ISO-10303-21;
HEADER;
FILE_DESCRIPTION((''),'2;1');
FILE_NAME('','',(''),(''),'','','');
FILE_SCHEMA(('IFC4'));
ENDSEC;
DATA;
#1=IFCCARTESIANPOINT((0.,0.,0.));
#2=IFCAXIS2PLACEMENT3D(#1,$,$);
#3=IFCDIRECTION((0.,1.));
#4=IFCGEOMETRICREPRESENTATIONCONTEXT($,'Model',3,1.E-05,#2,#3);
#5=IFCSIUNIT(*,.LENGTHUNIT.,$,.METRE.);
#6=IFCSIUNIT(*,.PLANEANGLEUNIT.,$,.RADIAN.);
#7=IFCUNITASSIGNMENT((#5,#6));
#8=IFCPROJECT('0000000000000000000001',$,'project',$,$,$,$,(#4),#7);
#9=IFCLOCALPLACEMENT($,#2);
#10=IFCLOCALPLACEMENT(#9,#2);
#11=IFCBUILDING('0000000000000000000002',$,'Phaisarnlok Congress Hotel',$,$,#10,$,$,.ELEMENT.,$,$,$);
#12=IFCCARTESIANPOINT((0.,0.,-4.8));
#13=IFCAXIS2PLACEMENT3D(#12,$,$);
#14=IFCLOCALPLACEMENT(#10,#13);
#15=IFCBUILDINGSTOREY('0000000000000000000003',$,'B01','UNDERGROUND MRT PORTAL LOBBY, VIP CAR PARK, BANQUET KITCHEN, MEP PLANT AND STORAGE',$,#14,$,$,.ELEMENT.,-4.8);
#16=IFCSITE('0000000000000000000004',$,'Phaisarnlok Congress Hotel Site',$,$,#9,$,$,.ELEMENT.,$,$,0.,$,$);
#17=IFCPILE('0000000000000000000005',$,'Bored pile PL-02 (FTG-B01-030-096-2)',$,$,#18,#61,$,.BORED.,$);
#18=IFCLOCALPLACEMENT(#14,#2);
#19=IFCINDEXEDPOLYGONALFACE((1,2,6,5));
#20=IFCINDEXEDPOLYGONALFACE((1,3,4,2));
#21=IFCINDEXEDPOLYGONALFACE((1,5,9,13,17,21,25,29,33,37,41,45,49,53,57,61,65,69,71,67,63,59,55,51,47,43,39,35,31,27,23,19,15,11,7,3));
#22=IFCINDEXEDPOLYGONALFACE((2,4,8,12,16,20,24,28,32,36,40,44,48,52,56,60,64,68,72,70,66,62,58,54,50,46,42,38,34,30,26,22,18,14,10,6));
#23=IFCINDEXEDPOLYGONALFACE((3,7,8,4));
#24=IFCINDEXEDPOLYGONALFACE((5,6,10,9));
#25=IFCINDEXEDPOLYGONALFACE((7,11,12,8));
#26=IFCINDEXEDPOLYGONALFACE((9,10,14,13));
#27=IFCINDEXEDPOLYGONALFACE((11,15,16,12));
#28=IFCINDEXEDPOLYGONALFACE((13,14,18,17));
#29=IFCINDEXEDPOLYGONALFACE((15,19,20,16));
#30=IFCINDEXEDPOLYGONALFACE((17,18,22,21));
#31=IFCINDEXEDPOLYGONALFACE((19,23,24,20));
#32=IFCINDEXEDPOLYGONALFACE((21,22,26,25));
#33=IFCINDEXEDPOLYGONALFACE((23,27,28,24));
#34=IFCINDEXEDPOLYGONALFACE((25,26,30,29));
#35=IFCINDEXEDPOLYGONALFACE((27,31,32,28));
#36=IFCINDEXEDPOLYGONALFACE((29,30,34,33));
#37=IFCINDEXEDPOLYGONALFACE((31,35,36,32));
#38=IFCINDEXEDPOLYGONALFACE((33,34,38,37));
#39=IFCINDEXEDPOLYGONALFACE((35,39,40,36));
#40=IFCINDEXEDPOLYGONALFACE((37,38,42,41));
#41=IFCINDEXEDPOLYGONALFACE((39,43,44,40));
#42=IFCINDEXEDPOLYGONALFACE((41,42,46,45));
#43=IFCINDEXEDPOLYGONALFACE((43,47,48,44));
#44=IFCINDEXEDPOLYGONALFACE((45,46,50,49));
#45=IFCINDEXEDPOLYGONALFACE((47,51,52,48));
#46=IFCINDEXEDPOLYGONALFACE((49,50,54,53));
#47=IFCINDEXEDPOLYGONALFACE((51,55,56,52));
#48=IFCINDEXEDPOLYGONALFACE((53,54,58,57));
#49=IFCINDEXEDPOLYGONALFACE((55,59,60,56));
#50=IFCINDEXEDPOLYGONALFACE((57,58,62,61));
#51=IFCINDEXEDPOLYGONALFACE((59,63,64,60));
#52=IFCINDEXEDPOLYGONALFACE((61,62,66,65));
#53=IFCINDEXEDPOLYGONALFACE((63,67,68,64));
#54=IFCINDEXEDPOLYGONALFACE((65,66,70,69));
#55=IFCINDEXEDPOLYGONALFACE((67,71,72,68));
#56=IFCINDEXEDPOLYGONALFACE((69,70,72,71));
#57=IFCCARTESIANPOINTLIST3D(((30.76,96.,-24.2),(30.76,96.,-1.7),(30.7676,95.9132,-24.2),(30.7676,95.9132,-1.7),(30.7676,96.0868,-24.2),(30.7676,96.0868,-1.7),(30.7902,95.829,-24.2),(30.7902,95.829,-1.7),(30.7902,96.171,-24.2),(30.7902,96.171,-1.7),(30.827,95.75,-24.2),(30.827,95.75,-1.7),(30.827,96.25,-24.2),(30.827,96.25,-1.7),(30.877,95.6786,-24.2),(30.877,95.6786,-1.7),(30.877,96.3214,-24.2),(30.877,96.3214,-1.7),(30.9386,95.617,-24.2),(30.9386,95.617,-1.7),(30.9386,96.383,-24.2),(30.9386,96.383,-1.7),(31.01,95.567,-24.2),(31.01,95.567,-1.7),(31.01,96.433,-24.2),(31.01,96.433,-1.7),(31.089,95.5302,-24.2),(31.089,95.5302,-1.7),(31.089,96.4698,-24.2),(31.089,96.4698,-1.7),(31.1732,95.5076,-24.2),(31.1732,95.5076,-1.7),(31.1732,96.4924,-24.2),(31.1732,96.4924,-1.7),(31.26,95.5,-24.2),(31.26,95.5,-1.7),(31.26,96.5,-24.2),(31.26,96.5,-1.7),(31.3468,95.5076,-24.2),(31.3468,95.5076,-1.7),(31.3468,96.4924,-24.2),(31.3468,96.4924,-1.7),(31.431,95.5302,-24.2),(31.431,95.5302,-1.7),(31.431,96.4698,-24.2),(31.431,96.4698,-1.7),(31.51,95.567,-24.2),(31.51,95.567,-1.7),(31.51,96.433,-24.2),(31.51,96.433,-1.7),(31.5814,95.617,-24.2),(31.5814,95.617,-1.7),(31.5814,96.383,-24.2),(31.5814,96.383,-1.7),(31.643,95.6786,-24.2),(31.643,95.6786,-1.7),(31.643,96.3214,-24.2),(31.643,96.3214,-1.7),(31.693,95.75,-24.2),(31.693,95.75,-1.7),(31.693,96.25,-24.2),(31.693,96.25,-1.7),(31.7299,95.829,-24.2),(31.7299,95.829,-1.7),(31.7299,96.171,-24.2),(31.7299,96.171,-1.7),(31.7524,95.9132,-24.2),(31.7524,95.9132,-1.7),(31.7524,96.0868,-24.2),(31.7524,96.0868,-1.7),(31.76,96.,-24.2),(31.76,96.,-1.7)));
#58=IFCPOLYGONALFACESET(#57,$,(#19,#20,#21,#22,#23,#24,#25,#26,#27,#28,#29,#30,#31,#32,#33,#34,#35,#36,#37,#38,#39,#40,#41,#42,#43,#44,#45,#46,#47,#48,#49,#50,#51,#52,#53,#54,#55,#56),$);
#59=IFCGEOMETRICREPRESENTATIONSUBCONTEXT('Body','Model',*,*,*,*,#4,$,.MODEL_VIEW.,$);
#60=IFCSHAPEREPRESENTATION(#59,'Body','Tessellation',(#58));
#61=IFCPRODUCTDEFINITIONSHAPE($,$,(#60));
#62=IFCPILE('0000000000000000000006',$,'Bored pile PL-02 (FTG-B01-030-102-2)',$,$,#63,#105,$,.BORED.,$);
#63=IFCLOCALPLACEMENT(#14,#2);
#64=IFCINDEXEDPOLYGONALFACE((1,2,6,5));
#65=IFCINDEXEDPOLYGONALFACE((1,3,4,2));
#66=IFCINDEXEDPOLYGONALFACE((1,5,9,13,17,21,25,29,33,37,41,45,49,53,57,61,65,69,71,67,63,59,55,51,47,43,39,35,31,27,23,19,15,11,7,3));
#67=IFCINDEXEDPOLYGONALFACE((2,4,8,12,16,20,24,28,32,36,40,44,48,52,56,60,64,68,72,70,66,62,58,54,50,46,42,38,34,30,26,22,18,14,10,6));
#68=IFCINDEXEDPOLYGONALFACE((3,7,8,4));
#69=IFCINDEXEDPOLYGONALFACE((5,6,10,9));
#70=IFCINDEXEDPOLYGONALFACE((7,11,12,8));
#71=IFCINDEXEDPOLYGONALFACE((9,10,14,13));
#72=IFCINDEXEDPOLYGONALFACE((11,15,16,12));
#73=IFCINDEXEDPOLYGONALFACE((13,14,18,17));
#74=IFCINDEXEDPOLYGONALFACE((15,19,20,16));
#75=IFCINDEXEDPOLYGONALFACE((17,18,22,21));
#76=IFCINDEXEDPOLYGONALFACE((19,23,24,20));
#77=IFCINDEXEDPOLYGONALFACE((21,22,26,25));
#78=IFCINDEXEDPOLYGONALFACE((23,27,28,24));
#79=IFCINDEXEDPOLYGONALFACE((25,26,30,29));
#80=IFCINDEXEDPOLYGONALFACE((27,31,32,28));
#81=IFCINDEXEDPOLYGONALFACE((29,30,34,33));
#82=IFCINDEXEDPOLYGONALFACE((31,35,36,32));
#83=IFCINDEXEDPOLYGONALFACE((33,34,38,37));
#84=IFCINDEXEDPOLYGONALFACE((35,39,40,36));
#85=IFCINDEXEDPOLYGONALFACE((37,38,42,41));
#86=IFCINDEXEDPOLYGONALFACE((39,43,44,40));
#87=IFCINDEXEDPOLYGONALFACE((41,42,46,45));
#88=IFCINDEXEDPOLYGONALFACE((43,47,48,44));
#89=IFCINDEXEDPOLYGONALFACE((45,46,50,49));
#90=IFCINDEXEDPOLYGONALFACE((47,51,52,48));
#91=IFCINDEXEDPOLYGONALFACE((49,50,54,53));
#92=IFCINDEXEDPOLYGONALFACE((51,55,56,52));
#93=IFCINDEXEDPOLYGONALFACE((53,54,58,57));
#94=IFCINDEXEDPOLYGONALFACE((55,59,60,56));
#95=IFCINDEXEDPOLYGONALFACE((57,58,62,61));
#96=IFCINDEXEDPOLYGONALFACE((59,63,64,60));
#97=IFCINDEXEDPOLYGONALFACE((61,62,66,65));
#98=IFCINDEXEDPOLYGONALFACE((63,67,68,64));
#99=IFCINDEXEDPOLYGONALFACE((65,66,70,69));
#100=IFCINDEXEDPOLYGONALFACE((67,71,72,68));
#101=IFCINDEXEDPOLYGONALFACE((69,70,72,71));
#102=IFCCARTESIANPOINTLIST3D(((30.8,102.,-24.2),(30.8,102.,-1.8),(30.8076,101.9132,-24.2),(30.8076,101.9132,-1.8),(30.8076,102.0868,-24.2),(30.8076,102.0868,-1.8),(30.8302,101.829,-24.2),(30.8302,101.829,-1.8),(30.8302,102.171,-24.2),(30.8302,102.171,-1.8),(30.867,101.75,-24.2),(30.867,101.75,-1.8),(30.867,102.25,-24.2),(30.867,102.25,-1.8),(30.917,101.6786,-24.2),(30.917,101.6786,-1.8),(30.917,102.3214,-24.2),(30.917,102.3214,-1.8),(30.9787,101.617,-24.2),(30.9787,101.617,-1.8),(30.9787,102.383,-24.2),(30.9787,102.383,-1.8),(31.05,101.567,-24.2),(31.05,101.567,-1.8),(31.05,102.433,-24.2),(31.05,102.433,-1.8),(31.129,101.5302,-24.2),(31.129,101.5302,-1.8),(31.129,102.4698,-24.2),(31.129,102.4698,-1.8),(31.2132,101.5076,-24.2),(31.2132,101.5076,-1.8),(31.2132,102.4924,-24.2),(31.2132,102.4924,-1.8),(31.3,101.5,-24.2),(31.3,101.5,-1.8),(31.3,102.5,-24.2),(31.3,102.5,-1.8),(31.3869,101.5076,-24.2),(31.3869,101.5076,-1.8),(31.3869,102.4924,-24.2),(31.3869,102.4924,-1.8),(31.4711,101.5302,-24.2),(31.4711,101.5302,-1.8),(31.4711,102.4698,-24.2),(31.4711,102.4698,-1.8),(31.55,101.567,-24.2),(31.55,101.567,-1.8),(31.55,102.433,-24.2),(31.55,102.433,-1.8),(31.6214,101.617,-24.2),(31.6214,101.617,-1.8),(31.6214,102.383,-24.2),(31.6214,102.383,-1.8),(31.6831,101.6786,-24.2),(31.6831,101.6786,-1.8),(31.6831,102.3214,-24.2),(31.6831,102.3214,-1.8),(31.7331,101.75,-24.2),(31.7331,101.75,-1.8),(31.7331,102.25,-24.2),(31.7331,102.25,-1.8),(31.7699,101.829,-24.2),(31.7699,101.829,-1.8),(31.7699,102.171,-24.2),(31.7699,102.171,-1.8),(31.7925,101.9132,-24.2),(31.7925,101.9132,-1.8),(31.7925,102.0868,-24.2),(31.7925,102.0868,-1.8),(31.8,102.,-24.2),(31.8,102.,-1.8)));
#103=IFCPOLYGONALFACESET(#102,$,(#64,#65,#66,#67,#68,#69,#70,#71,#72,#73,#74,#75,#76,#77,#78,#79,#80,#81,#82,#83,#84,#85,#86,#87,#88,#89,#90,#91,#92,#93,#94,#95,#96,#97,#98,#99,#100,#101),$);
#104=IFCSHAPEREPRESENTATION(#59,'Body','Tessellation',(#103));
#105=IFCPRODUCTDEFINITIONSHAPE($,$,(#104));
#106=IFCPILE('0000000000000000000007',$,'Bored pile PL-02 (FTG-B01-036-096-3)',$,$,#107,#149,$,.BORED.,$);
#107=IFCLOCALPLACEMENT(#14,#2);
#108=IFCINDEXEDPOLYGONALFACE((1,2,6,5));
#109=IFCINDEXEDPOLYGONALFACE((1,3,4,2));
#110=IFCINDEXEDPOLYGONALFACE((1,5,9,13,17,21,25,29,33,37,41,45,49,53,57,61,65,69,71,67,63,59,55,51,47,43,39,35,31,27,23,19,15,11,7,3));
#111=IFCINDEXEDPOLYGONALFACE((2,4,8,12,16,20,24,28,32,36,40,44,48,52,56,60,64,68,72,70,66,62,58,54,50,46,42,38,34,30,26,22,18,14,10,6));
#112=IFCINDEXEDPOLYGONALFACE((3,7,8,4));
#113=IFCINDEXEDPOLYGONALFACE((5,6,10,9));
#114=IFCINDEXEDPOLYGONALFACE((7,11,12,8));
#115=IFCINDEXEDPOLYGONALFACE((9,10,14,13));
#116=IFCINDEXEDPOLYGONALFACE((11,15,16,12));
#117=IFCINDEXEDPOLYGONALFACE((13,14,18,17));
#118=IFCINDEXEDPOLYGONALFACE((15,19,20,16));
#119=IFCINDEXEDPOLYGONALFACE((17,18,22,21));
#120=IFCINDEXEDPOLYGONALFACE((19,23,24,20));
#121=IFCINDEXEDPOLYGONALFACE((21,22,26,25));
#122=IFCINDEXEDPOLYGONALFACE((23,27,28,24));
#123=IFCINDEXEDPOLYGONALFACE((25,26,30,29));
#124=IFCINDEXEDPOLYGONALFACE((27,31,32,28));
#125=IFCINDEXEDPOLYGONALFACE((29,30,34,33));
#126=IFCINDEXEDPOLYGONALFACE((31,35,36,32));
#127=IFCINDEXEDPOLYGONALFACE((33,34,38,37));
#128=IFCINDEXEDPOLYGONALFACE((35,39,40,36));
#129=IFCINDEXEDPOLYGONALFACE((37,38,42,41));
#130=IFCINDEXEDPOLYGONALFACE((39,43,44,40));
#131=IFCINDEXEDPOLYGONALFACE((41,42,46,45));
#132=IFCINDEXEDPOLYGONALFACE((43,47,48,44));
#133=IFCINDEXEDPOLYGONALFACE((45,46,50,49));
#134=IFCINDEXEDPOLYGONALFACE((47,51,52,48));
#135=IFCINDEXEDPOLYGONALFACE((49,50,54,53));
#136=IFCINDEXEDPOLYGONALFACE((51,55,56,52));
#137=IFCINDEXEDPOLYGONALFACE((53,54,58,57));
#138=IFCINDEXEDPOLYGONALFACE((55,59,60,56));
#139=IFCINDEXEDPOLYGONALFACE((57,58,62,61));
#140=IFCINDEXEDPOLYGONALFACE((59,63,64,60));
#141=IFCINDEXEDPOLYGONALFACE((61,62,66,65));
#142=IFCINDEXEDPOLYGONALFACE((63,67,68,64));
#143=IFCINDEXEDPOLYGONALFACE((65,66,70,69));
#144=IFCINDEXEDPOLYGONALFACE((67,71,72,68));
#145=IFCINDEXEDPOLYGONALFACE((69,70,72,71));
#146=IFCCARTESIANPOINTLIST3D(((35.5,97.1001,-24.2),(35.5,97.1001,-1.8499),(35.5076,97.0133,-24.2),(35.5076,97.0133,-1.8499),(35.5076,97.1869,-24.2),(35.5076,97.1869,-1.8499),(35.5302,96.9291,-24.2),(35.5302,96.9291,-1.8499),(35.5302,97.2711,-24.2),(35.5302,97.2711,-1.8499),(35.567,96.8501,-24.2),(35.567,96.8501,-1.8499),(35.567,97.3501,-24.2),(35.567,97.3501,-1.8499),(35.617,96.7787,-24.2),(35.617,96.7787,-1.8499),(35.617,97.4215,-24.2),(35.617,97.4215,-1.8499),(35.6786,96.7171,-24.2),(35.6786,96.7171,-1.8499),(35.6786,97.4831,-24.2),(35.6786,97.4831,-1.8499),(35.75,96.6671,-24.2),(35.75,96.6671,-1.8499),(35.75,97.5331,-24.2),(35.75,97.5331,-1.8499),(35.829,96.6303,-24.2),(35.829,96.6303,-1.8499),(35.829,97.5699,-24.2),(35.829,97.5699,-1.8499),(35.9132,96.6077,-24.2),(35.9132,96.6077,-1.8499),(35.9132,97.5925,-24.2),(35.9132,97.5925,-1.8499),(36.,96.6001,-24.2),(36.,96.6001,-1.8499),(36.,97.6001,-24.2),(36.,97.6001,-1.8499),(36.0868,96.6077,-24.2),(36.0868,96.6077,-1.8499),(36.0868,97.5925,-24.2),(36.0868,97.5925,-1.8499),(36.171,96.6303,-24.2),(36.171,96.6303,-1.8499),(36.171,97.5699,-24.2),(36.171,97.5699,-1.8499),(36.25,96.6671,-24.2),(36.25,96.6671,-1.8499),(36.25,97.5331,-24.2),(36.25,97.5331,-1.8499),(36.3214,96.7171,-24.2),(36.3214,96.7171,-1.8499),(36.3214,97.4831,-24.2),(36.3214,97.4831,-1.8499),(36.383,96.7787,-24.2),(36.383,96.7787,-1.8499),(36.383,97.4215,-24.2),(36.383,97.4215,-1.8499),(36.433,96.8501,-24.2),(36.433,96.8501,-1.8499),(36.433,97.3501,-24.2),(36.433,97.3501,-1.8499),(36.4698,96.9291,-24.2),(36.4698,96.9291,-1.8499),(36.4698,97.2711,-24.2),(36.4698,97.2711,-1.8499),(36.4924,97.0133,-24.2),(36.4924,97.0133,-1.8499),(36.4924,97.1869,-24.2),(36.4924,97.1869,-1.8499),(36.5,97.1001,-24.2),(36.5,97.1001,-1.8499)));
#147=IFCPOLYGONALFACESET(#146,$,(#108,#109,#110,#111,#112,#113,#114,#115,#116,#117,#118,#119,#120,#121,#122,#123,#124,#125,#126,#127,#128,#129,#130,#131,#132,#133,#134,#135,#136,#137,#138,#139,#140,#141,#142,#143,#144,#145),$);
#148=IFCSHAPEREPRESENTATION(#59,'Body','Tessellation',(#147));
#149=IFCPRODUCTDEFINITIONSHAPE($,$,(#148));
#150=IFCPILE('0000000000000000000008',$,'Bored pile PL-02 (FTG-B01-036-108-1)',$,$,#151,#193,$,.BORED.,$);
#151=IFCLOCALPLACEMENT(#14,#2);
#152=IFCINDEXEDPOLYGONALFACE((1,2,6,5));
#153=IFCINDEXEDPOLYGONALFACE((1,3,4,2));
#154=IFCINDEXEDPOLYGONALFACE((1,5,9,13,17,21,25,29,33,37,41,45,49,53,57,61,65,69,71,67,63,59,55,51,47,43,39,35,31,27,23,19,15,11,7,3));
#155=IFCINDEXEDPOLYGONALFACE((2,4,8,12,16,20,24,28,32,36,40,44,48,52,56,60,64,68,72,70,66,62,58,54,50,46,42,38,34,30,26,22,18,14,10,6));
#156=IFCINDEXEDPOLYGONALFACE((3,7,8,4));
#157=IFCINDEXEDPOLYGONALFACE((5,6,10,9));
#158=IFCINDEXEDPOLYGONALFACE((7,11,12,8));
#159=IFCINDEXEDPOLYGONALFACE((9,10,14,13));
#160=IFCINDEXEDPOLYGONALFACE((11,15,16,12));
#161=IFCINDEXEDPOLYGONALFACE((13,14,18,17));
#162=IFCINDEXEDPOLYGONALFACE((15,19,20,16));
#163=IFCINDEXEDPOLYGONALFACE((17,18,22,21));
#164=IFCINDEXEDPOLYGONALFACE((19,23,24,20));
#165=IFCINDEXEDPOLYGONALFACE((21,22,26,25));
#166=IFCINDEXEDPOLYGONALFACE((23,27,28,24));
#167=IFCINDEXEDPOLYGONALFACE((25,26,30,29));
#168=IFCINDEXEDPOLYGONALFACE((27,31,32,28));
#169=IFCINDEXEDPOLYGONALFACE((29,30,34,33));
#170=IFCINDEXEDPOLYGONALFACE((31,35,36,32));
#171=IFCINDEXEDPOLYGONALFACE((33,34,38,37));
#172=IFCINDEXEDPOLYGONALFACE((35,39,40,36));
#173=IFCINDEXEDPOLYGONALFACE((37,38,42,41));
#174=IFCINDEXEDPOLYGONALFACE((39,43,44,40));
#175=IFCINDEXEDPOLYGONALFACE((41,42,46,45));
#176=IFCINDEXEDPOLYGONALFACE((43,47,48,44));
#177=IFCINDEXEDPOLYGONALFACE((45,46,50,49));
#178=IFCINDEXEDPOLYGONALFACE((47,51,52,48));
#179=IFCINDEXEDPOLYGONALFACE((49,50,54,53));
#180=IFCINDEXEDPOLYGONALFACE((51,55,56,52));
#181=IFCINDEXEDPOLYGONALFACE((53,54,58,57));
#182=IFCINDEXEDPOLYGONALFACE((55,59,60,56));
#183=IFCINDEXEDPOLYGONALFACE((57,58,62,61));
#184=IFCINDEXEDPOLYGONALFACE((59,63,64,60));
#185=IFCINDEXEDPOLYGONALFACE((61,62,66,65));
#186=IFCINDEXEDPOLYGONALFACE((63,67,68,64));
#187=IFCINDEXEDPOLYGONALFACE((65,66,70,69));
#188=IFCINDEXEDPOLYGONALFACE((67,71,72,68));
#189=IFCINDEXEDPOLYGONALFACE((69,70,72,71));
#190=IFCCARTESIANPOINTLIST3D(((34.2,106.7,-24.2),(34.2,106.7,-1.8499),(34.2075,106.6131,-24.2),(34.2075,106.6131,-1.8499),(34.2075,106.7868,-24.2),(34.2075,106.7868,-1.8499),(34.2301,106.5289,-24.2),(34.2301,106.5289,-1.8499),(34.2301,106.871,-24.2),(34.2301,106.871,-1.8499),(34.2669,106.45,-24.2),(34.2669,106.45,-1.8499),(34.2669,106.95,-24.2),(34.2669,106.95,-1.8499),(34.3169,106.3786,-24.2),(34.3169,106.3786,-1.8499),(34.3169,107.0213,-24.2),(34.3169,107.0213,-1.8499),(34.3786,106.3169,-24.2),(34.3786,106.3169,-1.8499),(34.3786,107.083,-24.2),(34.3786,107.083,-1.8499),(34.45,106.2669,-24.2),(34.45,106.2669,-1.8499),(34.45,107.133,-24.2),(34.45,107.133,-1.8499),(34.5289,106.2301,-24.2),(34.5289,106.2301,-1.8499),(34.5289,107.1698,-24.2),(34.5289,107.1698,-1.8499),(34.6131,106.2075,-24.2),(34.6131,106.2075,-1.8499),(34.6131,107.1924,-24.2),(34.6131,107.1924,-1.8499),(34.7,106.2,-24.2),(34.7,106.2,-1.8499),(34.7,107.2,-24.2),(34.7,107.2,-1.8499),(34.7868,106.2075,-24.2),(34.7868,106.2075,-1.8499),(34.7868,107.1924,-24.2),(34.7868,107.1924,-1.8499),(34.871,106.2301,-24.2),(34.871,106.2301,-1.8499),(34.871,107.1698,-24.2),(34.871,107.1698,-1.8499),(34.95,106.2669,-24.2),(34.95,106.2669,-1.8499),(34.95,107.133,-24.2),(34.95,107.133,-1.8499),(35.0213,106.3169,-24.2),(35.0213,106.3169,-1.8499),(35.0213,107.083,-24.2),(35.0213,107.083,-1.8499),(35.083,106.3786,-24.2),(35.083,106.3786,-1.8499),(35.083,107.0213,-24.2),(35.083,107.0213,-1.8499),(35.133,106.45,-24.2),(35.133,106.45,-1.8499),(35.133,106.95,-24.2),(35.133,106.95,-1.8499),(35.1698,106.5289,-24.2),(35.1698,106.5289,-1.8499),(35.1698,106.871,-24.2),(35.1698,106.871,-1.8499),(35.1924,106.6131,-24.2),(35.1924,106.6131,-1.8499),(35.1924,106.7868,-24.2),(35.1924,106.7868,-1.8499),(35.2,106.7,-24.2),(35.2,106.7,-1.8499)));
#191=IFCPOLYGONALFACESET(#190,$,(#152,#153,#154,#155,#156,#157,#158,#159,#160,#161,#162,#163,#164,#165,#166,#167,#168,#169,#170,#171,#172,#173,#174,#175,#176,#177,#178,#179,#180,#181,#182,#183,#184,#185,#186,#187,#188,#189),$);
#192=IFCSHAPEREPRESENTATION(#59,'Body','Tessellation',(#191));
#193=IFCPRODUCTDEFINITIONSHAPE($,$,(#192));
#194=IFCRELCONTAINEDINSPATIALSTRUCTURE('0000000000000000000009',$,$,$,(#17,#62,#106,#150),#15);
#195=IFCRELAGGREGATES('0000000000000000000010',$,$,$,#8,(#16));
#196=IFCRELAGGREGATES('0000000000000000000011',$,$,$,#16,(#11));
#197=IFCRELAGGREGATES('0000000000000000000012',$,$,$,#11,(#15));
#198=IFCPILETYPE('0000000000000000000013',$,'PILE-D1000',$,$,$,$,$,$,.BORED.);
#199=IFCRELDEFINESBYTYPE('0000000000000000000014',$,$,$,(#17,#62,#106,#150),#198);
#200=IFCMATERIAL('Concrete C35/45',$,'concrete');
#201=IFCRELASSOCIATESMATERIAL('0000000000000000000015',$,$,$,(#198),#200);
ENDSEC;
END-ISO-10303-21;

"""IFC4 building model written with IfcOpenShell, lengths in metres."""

from ifc_helpers import new_model, si_unit, direction, frame, origin, origin_2d, place, context, subcontext, project, spatial, circle, extrude, material, material_profile, profile_set, type_object, element, save


model = new_model("IFC4")

# Units and contexts
model_context = context("Model", 3, precision=1e-05, world=origin(), true_north=direction((0.0, 1.0)))
body_context = subcontext(model_context, "Body", "Model", "MODEL_VIEW")
ifc_project = project(units=[si_unit("LENGTHUNIT", "METRE"), si_unit("PLANEANGLEUNIT", "RADIAN")], contexts=[model_context])

# Site, building, storey
site_placement = place(None, origin())
site = spatial("IfcSite", under=ifc_project, at=site_placement, Name="Phaisarnlok Congress Hotel Site", CompositionType="ELEMENT", RefElevation=0.0)
building_placement = place(site_placement, origin())
building = spatial("IfcBuilding", under=site, at=building_placement, Name="Phaisarnlok Congress Hotel", CompositionType="ELEMENT")
storey_placement = place(building_placement, frame((0.0, 0.0, -4.8)))
storey = spatial("IfcBuildingStorey", under=building, at=storey_placement, Name="B01", Description="UNDERGROUND MRT PORTAL LOBBY, VIP CAR PARK, BANQUET KITCHEN, MEP PLANT AND STORAGE", CompositionType="ELEMENT", Elevation=-4.8)

# Piles
ifc_material_1 = material(Name="Concrete C35/45", Category="concrete")
ifc_material_profile_1 = material_profile(ifc_material_1, circle(Radius=0.5, at=origin_2d()), Name="BORED PILE D1000")
ifc_profile_set_1 = profile_set([ifc_material_profile_1], Name="Concrete C35/45")
pile_type_1 = type_object("IfcPileType", Name="PILE-D1000", PredefinedType="BORED", material=ifc_profile_set_1)
pile_1_placement = place(storey_placement, frame((31.26, 96.0, -1.7), z_axis=(0.0, 0.0, -1.0), x_axis=(1.0, 0.0, 0.0)))
element("IfcPile", 1, at=pile_1_placement, inside=storey, type_object=pile_type_1, Name="Bored pile PL-02 (FTG-B01-030-096-2)", PredefinedType="BORED", context=body_context, shape_type="SweptSolid", body=[
    extrude(circle(Radius=0.5, at=origin_2d()), origin(), (0.0, 0.0, 1.0), 22.5),
])
pile_2_placement = place(storey_placement, frame((31.3, 102.0, -1.8), z_axis=(0.0, 0.0, -1.0), x_axis=(1.0, 0.0, 0.0)))
element("IfcPile", 2, at=pile_2_placement, inside=storey, type_object=pile_type_1, Name="Bored pile PL-02 (FTG-B01-030-102-2)", PredefinedType="BORED", context=body_context, shape_type="SweptSolid", body=[
    extrude(circle(Radius=0.5, at=origin_2d()), origin(), (0.0, 0.0, 1.0), 22.3999),
])
for number, where, z_axis, x_axis, name in (
    (3, (36.0, 97.1001, -1.8499), (0.0, 0.0, -1.0), (1.0, 0.0, 0.0), "Bored pile PL-02 (FTG-B01-036-096-3)"),
    (4, (34.7, 106.7, -1.8499), (0.0, 0.0, -1.0), (1.0, 0.0, 0.0), "Bored pile PL-02 (FTG-B01-036-108-1)"),
):
    element("IfcPile", number, at=place(storey_placement, frame(where, z_axis=z_axis, x_axis=x_axis)), inside=storey, type_object=pile_type_1, Name=name, PredefinedType="BORED", context=body_context, shape_type="SweptSolid", body=[
        extrude(circle(Radius=0.5, at=origin_2d()), origin(), (0.0, 0.0, 1.0), 22.3501),
    ])

save(model, "model.ifc")
